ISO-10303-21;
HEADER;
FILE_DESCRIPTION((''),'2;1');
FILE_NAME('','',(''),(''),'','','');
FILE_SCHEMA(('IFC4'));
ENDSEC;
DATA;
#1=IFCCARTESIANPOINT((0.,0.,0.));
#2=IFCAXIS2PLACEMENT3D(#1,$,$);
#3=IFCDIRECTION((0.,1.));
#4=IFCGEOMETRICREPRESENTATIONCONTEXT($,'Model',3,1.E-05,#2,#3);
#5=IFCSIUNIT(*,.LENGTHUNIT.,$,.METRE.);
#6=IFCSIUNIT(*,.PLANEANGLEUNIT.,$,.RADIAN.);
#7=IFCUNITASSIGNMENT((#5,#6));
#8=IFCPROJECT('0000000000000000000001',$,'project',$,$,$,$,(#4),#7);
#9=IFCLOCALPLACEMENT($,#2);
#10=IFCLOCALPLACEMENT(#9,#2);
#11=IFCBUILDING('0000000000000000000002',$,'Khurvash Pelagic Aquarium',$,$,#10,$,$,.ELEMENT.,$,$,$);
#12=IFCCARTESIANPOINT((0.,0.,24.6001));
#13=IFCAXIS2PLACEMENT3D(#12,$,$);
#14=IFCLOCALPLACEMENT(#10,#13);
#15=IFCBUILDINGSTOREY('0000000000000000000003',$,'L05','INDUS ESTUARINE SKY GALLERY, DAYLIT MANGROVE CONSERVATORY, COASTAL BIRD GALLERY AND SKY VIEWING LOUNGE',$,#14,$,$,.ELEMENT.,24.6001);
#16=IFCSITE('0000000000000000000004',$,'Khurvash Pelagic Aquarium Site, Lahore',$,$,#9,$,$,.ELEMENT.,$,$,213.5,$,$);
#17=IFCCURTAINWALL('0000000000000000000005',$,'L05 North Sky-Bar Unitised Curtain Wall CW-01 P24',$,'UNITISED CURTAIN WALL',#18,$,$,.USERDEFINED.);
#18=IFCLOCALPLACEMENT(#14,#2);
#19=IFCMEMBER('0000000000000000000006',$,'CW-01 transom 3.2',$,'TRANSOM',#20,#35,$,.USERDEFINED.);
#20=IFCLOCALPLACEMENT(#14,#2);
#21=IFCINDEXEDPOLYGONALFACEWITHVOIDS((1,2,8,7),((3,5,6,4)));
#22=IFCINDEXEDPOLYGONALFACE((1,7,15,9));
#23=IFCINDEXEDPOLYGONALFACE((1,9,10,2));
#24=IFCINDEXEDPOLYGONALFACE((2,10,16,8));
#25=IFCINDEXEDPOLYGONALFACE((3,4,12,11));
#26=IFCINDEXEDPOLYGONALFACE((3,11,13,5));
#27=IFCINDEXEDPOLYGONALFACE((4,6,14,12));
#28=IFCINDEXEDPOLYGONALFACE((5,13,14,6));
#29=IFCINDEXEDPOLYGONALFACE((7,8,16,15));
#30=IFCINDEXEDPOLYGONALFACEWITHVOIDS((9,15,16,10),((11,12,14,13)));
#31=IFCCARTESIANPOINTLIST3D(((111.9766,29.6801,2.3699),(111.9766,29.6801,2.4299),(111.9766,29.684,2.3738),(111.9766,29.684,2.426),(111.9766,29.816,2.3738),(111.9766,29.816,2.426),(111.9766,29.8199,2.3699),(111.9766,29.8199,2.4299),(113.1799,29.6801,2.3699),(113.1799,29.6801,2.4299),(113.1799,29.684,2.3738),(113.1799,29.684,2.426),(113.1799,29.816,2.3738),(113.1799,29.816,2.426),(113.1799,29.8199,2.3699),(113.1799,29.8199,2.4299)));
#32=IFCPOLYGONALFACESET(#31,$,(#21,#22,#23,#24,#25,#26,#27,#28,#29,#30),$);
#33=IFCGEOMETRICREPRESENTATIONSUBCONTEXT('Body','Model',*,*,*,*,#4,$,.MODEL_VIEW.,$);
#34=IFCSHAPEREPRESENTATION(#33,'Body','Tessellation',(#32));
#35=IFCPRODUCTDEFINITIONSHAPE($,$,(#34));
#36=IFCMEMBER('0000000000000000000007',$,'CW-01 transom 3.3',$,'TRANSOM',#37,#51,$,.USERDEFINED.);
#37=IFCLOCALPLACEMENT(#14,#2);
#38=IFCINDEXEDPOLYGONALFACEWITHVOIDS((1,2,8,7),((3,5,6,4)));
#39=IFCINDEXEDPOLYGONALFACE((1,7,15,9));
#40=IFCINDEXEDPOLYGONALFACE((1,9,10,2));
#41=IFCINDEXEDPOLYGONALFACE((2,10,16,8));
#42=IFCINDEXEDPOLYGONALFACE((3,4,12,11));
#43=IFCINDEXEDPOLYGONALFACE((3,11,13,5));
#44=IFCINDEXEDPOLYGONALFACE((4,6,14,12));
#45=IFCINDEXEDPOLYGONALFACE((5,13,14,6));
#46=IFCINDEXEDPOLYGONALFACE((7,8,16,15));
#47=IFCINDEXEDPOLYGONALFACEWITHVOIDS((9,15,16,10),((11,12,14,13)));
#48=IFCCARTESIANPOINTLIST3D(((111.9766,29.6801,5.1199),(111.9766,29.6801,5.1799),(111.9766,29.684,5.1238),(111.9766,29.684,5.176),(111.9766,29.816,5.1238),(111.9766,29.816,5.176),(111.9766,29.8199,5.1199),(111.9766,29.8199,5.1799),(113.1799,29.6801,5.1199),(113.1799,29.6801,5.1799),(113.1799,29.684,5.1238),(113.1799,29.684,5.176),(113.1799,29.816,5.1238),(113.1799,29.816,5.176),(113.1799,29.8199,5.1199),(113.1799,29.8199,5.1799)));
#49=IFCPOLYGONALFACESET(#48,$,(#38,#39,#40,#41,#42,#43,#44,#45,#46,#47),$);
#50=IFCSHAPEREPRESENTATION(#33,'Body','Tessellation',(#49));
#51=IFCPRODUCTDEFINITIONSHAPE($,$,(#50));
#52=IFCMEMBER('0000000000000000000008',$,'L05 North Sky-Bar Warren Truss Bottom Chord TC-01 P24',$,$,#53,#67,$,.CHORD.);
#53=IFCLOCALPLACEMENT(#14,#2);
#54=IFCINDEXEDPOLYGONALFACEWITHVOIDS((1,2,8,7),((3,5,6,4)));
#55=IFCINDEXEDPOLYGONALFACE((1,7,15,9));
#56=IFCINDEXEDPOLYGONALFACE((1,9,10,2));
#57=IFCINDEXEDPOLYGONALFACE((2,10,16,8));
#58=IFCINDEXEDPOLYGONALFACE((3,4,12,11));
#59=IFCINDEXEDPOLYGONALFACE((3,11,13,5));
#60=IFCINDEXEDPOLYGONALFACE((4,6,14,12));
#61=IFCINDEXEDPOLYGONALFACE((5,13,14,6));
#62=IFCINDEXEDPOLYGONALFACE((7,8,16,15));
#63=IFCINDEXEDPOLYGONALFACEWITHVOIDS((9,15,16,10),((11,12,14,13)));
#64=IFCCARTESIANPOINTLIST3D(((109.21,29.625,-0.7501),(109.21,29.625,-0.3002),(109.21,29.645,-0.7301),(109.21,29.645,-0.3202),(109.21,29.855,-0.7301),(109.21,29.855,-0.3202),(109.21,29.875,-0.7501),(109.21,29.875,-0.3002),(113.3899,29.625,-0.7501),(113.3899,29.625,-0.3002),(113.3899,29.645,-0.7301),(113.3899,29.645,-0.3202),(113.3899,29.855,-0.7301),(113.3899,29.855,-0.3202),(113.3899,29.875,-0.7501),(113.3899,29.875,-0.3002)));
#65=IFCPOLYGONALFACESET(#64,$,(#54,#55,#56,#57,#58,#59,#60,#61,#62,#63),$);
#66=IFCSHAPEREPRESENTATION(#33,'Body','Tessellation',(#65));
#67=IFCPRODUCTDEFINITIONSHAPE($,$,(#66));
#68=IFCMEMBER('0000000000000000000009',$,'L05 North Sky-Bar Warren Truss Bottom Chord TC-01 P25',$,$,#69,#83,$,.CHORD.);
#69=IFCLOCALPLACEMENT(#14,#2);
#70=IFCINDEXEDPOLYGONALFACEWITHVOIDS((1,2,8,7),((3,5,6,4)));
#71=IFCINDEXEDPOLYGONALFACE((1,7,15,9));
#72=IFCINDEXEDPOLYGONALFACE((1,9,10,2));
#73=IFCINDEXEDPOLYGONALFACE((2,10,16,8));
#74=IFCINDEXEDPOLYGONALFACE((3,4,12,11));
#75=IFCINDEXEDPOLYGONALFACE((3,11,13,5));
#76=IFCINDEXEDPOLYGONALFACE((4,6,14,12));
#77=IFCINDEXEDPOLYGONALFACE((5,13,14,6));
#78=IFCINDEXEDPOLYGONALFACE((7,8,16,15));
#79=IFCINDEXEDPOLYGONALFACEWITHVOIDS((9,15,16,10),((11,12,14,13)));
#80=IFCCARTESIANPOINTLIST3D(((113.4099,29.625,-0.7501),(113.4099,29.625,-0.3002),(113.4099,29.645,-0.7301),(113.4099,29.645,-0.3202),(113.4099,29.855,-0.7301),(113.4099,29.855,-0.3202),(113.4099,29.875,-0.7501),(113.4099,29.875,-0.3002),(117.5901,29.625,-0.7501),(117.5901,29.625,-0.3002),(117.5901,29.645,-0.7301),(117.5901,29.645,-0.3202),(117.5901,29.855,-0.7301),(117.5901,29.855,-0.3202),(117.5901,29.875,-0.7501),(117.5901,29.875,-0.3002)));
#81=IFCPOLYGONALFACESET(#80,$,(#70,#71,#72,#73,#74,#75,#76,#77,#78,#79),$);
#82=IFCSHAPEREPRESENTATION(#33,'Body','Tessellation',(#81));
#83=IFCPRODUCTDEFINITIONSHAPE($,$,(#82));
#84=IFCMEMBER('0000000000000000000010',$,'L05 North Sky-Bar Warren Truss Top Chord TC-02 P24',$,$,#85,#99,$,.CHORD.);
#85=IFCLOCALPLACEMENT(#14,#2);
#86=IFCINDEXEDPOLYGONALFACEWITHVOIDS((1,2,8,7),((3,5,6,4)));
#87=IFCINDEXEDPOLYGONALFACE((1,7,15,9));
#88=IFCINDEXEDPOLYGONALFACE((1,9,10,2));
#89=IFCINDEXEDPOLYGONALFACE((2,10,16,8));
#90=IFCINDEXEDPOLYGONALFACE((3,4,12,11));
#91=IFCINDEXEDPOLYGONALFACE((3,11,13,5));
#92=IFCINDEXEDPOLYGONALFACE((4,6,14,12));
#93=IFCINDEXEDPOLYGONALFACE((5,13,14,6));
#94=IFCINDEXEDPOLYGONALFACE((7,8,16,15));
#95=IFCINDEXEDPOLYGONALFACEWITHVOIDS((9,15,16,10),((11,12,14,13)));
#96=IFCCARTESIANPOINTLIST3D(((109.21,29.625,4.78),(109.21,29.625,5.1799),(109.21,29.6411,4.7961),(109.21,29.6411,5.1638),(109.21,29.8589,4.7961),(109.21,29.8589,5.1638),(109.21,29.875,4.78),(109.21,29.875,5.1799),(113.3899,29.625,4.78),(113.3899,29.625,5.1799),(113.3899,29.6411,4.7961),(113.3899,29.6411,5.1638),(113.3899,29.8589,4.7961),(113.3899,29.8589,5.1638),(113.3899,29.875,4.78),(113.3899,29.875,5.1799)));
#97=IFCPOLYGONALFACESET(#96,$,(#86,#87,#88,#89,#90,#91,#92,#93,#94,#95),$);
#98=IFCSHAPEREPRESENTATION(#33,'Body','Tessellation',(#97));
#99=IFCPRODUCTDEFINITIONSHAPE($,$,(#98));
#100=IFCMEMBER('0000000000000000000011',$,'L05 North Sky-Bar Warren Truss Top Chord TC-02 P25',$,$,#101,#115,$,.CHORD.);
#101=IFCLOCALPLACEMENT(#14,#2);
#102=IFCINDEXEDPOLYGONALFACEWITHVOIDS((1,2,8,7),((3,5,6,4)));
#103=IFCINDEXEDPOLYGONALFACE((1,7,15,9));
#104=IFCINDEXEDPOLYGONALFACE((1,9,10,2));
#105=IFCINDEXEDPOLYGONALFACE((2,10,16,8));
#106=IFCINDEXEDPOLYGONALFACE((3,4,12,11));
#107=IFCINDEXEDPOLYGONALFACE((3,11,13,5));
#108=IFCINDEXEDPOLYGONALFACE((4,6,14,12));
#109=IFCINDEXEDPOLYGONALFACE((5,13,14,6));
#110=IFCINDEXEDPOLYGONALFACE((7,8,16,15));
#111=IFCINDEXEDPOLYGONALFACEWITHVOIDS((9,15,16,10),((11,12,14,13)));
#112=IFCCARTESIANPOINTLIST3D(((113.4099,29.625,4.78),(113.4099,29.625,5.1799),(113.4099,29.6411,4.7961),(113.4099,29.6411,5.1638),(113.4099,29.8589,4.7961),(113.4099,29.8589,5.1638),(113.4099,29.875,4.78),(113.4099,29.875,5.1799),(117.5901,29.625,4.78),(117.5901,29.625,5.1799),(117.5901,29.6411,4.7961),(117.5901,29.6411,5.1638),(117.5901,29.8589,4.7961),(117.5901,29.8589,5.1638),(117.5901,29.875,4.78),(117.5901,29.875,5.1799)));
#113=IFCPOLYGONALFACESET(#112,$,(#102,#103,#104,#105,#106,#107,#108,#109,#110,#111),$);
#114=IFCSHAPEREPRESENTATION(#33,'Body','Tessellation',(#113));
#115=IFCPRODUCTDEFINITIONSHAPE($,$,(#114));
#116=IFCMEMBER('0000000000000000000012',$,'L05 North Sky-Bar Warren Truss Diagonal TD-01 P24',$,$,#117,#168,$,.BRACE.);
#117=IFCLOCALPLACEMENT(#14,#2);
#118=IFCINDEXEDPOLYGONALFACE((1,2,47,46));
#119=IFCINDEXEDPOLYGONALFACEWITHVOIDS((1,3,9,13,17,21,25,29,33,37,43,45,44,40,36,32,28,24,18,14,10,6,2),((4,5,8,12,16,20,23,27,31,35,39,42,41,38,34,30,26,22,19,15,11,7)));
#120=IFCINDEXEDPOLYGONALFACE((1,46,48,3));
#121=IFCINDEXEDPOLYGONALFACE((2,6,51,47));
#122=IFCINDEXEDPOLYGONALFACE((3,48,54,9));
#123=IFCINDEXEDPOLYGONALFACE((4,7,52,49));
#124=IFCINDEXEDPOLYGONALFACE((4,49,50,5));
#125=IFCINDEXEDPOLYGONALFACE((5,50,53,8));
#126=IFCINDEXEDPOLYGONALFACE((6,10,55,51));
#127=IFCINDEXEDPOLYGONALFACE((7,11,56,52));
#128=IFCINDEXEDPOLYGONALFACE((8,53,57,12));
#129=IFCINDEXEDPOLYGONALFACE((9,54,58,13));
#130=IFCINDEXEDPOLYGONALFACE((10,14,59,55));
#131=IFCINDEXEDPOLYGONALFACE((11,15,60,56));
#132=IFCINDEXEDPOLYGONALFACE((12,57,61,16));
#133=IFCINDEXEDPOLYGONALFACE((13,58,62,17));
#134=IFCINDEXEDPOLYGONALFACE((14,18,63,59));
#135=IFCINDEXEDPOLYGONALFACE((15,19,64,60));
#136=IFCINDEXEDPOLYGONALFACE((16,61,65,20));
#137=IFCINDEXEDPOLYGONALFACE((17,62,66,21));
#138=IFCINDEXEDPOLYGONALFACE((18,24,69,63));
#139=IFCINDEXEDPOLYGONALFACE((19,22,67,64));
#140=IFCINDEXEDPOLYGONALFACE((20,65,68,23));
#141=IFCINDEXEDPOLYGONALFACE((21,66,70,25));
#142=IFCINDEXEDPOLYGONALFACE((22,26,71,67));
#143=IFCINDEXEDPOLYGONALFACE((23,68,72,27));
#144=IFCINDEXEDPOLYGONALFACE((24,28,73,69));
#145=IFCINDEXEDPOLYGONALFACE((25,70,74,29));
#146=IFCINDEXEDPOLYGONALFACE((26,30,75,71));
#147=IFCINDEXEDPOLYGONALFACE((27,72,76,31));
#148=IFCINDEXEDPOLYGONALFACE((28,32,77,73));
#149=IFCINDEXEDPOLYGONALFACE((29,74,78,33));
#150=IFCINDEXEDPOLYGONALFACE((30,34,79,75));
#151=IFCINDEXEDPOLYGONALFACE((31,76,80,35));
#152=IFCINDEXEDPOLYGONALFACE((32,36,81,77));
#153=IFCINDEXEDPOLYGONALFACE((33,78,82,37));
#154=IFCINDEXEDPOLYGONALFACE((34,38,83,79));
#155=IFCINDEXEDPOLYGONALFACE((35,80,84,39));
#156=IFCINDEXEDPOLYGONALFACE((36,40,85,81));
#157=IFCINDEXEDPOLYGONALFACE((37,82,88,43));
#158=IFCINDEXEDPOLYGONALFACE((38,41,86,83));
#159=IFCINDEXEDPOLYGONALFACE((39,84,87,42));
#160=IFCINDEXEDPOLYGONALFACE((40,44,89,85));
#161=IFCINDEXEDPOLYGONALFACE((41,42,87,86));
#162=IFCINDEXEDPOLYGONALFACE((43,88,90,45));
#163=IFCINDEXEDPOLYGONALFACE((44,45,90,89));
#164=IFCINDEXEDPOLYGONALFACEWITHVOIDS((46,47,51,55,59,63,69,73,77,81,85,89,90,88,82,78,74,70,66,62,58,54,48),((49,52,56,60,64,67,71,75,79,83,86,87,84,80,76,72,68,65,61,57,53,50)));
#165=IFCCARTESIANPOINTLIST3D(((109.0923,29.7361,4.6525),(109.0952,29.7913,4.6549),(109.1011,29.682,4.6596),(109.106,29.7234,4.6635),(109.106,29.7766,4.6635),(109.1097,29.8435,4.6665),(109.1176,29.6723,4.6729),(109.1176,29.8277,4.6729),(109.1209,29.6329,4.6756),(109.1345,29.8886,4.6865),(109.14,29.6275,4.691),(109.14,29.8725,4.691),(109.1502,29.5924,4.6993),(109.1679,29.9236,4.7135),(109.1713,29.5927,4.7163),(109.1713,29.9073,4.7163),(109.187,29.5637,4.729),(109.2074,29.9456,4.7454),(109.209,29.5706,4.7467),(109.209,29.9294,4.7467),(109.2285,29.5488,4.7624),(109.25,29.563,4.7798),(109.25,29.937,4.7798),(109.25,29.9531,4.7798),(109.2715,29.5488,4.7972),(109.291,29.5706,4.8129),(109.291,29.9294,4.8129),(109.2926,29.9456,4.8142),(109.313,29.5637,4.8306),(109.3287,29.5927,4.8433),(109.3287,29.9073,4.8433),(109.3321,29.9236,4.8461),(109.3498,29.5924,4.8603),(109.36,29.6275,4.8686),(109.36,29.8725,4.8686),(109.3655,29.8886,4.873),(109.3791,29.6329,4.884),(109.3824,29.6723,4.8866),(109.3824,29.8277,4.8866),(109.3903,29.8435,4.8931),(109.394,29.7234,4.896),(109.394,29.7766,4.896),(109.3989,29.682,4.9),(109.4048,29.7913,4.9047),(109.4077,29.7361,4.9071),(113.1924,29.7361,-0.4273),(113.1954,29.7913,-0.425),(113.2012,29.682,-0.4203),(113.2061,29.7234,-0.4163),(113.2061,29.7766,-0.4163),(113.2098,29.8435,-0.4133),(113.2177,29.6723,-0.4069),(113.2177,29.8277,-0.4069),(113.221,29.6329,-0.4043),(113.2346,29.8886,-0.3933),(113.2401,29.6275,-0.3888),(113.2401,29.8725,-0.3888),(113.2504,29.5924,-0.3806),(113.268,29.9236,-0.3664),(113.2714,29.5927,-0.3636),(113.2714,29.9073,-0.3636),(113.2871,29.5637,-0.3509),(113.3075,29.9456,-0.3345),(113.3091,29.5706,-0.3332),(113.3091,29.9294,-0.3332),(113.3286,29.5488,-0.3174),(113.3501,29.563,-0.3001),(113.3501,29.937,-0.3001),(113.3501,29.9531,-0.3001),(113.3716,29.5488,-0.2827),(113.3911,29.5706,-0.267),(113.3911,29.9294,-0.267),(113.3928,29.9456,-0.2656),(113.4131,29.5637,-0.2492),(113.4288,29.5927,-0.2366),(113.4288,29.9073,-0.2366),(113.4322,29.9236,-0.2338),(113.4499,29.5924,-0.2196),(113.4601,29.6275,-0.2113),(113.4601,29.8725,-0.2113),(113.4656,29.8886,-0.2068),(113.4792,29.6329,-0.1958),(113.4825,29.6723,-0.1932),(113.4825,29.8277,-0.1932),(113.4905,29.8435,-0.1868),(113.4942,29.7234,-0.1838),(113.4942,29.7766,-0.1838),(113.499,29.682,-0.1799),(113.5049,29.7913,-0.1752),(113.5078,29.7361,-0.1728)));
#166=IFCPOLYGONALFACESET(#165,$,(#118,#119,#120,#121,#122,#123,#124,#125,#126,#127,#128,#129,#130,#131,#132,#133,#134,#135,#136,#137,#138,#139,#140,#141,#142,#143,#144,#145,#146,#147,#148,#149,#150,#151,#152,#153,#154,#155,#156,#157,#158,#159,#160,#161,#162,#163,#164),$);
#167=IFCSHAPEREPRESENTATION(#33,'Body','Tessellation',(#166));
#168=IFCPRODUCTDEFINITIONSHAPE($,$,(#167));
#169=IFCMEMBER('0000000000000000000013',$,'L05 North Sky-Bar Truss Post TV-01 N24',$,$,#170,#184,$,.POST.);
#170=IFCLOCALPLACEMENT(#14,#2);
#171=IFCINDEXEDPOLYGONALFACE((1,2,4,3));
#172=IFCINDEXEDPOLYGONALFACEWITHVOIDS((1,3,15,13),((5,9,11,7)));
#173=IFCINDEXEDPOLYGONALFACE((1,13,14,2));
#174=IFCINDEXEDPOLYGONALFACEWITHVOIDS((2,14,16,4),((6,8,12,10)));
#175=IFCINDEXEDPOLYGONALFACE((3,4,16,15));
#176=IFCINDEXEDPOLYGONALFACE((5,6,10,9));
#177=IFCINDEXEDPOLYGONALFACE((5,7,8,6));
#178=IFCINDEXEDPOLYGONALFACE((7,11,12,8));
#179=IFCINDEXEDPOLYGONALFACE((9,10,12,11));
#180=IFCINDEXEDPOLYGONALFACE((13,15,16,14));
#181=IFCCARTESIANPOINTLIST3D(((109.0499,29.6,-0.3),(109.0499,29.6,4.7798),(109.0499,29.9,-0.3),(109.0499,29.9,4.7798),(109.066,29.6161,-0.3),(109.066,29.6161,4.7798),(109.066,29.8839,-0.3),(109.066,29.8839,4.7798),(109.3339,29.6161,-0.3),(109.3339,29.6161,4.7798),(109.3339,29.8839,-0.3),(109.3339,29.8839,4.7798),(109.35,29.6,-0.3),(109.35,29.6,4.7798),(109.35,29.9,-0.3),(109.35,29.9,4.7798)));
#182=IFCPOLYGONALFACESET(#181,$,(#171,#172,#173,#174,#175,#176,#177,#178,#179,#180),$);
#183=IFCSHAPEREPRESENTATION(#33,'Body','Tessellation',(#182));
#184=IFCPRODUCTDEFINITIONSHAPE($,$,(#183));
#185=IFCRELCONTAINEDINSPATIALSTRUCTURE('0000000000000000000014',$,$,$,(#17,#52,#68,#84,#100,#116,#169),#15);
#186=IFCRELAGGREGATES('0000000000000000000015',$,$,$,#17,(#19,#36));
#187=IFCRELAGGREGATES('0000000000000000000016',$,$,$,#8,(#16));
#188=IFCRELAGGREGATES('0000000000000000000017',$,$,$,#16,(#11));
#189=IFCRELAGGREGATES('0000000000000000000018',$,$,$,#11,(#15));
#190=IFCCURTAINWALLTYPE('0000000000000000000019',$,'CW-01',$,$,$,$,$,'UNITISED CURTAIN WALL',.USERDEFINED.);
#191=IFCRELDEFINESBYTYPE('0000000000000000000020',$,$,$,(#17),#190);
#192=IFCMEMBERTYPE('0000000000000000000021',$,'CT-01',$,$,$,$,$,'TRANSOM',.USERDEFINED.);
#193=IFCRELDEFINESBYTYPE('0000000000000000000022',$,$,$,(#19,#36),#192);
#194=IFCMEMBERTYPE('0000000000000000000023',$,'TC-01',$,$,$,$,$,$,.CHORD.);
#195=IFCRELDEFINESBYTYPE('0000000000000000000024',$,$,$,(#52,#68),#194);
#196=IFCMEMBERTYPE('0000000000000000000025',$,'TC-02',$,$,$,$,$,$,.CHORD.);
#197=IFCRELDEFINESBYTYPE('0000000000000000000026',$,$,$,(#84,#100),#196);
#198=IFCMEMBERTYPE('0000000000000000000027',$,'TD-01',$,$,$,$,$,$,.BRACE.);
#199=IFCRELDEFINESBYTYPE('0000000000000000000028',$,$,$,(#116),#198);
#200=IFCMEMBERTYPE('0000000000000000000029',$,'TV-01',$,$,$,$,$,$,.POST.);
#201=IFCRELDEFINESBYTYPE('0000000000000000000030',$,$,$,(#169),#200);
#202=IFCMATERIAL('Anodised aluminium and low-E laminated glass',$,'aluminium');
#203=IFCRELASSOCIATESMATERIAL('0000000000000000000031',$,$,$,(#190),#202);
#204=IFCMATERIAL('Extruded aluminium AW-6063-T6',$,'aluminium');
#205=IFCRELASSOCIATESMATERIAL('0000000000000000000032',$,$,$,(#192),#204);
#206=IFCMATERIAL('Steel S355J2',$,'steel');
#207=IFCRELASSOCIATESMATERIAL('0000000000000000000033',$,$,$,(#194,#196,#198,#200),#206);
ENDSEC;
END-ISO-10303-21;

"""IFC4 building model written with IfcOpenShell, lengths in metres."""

from ifc_helpers import new_model, si_unit, direction, frame, origin, origin_2d, place, context, subcontext, project, spatial, hollow_rectangle, hollow_circle, extrude, material, material_profile, profile_set, type_object, element, aggregate, save


model = new_model("IFC4")

# Units and contexts
model_context = context("Model", 3, precision=1e-05, world=origin(), true_north=direction((0.0, 1.0)))
body_context = subcontext(model_context, "Body", "Model", "MODEL_VIEW")
ifc_project = project(units=[si_unit("LENGTHUNIT", "METRE"), si_unit("PLANEANGLEUNIT", "RADIAN")], contexts=[model_context])

# Site, building, storey
site_placement = place(None, origin())
site = spatial("IfcSite", under=ifc_project, at=site_placement, Name="Khurvash Pelagic Aquarium Site, Lahore", CompositionType="ELEMENT", RefElevation=213.5)
building_placement = place(site_placement, origin())
building = spatial("IfcBuilding", under=site, at=building_placement, Name="Khurvash Pelagic Aquarium", CompositionType="ELEMENT")
storey_placement = place(building_placement, frame((0.0, 0.0, 24.6001)))
storey = spatial("IfcBuildingStorey", under=building, at=storey_placement, Name="L05", Description="INDUS ESTUARINE SKY GALLERY, DAYLIT MANGROVE CONSERVATORY, COASTAL BIRD GALLERY AND SKY VIEWING LOUNGE", CompositionType="ELEMENT", Elevation=24.6001)

# Curtain wall, members
ifc_material_1 = material(Name="Anodised aluminium and low-E laminated glass", Category="aluminium")
curtain_wall_type = type_object("IfcCurtainWallType", Name="CW-01", ElementType="UNITISED CURTAIN WALL", PredefinedType="USERDEFINED", material=ifc_material_1)
curtain_wall_placement = place(storey_placement, origin())
curtain_wall = element("IfcCurtainWall", 1, at=curtain_wall_placement, inside=storey, type_object=curtain_wall_type, Name="L05 North Sky-Bar Unitised Curtain Wall CW-01 P24", ObjectType="UNITISED CURTAIN WALL", PredefinedType="USERDEFINED")
ifc_material_2 = material(Name="Extruded aluminium AW-6063-T6", Category="aluminium")
ifc_material_profile_1 = material_profile(ifc_material_2, hollow_rectangle(XDim=0.1399, YDim=0.0601, WallThickness=0.0039, at=origin_2d()), Name="CWT140X60X4")
ifc_profile_set_1 = profile_set([ifc_material_profile_1], Name="Extruded aluminium AW-6063-T6")
member_type_1 = type_object("IfcMemberType", Name="CT-01", ElementType="TRANSOM", PredefinedType="USERDEFINED", material=ifc_profile_set_1)
member_1_placement = place(storey_placement, frame((111.9766, 29.75, 2.3999), z_axis=(1.0, 0.0, 0.0), x_axis=(0.0, 1.0, 0.0)))
member_1 = element("IfcMember", 2, at=member_1_placement, type_object=member_type_1, Name="CW-01 transom 3.2", ObjectType="TRANSOM", PredefinedType="USERDEFINED", context=body_context, shape_type="SweptSolid", body=[
    extrude(hollow_rectangle(XDim=0.1399, YDim=0.0601, WallThickness=0.0039, at=origin_2d()), origin(), (0.0, 0.0, 1.0), 1.2034),
])
member_2_placement = place(storey_placement, frame((111.9766, 29.75, 5.1499), z_axis=(1.0, 0.0, 0.0), x_axis=(0.0, 1.0, 0.0)))
member_2 = element("IfcMember", 3, at=member_2_placement, type_object=member_type_1, Name="CW-01 transom 3.3", ObjectType="TRANSOM", PredefinedType="USERDEFINED", context=body_context, shape_type="SweptSolid", body=[
    extrude(hollow_rectangle(XDim=0.1399, YDim=0.0601, WallThickness=0.0039, at=origin_2d()), origin(), (0.0, 0.0, 1.0), 1.2034),
])

# Members
ifc_material_3 = material(Name="Steel S355J2", Category="steel")
ifc_material_profile_2 = material_profile(ifc_material_3, hollow_rectangle(XDim=0.25, YDim=0.45, WallThickness=0.02, at=origin_2d()), Name="RHS450X250X20")
ifc_profile_set_2 = profile_set([ifc_material_profile_2], Name="Steel S355J2")
member_type_2 = type_object("IfcMemberType", Name="TC-01", PredefinedType="CHORD", material=ifc_profile_set_2)
member_3_placement = place(storey_placement, frame((109.21, 29.75, -0.5251), z_axis=(1.0, 0.0, 0.0), x_axis=(0.0, 1.0, 0.0)))
element("IfcMember", 4, at=member_3_placement, inside=storey, type_object=member_type_2, Name="L05 North Sky-Bar Warren Truss Bottom Chord TC-01 P24", PredefinedType="CHORD", context=body_context, shape_type="SweptSolid", body=[
    extrude(hollow_rectangle(XDim=0.25, YDim=0.45, WallThickness=0.02, at=origin_2d()), origin(), (0.0, 0.0, 1.0), 4.1799),
])
member_4_placement = place(storey_placement, frame((113.4099, 29.75, -0.5251), z_axis=(1.0, 0.0, 0.0), x_axis=(0.0, 1.0, 0.0)))
element("IfcMember", 5, at=member_4_placement, inside=storey, type_object=member_type_2, Name="L05 North Sky-Bar Warren Truss Bottom Chord TC-01 P25", PredefinedType="CHORD", context=body_context, shape_type="SweptSolid", body=[
    extrude(hollow_rectangle(XDim=0.25, YDim=0.45, WallThickness=0.02, at=origin_2d()), origin(), (0.0, 0.0, 1.0), 4.1802),
])
ifc_material_profile_3 = material_profile(ifc_material_3, hollow_rectangle(XDim=0.25, YDim=0.3999, WallThickness=0.0161, at=origin_2d()), Name="RHS400X250X16")
ifc_profile_set_3 = profile_set([ifc_material_profile_3], Name="Steel S355J2")
member_type_3 = type_object("IfcMemberType", Name="TC-02", PredefinedType="CHORD", material=ifc_profile_set_3)
member_5_placement = place(storey_placement, frame((109.21, 29.75, 4.98), z_axis=(1.0, 0.0, 0.0), x_axis=(0.0, 1.0, 0.0)))
element("IfcMember", 6, at=member_5_placement, inside=storey, type_object=member_type_3, Name="L05 North Sky-Bar Warren Truss Top Chord TC-02 P24", PredefinedType="CHORD", context=body_context, shape_type="SweptSolid", body=[
    extrude(hollow_rectangle(XDim=0.25, YDim=0.3999, WallThickness=0.0161, at=origin_2d()), origin(), (0.0, 0.0, 1.0), 4.1799),
])
member_6_placement = place(storey_placement, frame((113.4099, 29.75, 4.98), z_axis=(1.0, 0.0, 0.0), x_axis=(0.0, 1.0, 0.0)))
element("IfcMember", 7, at=member_6_placement, inside=storey, type_object=member_type_3, Name="L05 North Sky-Bar Warren Truss Top Chord TC-02 P25", PredefinedType="CHORD", context=body_context, shape_type="SweptSolid", body=[
    extrude(hollow_rectangle(XDim=0.25, YDim=0.3999, WallThickness=0.0161, at=origin_2d()), origin(), (0.0, 0.0, 1.0), 4.1802),
])
ifc_material_profile_4 = material_profile(ifc_material_3, hollow_circle(Radius=0.2031, WallThickness=0.0161, at=origin_2d()), Name="CHS406X16")
ifc_profile_set_4 = profile_set([ifc_material_profile_4], Name="Steel S355J2")
member_type_4 = type_object("IfcMemberType", Name="TD-01", PredefinedType="BRACE", material=ifc_profile_set_4)
member_7_placement = place(storey_placement, frame((109.25, 29.75, 4.7798), z_axis=(0.628073, 0.0, -0.778154), x_axis=(0.0, 1.0, 0.0)))
element("IfcMember", 8, at=member_7_placement, inside=storey, type_object=member_type_4, Name="L05 North Sky-Bar Warren Truss Diagonal TD-01 P24", PredefinedType="BRACE", context=body_context, shape_type="SweptSolid", body=[
    extrude(hollow_circle(Radius=0.2031, WallThickness=0.0161, at=origin_2d()), origin(), (0.0, 0.0, 1.0), 6.5281),
])
ifc_material_profile_5 = material_profile(ifc_material_3, hollow_rectangle(XDim=0.3, YDim=0.3, WallThickness=0.0161, at=origin_2d()), Name="SHS300X300X16")
ifc_profile_set_5 = profile_set([ifc_material_profile_5], Name="Steel S355J2")
member_type_5 = type_object("IfcMemberType", Name="TV-01", PredefinedType="POST", material=ifc_profile_set_5)
member_8_placement = place(storey_placement, frame((109.2, 29.75, -0.3), z_axis=(0.0, 0.0, 1.0), x_axis=(1.0, 0.0, 0.0)))
element("IfcMember", 9, at=member_8_placement, inside=storey, type_object=member_type_5, Name="L05 North Sky-Bar Truss Post TV-01 N24", PredefinedType="POST", context=body_context, shape_type="SweptSolid", body=[
    extrude(hollow_rectangle(XDim=0.3, YDim=0.3, WallThickness=0.0161, at=origin_2d()), origin(), (0.0, 0.0, 1.0), 5.0798),
])

aggregate(curtain_wall, [member_1, member_2])

save(model, "model.ifc")
